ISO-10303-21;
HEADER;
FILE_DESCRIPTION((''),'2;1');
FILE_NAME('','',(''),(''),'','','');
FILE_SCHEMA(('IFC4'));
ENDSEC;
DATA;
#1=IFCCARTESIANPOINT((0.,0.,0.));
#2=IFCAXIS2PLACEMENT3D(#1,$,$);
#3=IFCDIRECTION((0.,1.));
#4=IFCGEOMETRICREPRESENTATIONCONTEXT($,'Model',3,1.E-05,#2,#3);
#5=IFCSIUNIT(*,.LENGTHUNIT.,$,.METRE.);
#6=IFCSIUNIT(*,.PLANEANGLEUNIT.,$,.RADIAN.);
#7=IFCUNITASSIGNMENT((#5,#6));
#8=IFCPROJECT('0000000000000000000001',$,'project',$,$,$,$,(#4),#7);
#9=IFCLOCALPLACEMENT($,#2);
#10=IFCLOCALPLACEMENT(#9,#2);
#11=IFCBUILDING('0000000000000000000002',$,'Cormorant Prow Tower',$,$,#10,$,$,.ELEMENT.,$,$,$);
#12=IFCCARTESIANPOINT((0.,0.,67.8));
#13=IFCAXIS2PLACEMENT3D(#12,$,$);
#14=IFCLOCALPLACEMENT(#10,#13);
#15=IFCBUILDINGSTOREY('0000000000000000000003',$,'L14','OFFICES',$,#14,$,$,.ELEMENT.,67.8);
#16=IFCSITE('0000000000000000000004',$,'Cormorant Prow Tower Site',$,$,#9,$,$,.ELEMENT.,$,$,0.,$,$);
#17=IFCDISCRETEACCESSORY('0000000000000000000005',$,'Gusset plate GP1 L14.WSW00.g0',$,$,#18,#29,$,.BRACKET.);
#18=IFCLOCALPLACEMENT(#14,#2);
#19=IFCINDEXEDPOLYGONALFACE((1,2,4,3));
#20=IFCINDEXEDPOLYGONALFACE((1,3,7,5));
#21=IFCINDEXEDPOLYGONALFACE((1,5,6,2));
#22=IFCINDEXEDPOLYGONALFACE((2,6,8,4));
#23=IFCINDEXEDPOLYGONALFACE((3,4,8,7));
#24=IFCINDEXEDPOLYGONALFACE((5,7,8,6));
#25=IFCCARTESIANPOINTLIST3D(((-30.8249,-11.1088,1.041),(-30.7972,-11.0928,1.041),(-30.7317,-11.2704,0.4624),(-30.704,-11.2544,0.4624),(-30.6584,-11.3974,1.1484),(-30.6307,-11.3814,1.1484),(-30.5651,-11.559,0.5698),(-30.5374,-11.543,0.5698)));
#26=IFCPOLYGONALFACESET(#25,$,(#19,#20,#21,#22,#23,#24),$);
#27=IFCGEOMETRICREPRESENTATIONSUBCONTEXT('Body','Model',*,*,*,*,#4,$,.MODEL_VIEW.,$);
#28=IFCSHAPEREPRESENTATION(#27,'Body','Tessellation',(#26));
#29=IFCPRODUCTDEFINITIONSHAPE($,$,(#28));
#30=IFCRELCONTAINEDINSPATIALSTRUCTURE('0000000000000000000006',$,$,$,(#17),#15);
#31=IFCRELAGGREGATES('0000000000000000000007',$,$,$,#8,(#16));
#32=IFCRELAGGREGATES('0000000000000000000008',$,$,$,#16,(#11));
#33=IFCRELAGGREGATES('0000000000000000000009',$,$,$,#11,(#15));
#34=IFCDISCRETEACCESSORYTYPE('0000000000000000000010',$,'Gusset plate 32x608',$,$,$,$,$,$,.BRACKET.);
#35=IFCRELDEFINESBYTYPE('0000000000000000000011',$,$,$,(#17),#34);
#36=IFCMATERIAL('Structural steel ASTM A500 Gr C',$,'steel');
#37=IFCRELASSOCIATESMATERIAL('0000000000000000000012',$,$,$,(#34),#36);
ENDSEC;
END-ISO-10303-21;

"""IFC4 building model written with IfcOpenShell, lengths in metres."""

from ifc_helpers import new_model, si_unit, direction, frame, origin, origin_2d, place, context, subcontext, project, spatial, rectangle, extrude, material, material_profile, profile_set, type_object, element, save


model = new_model("IFC4")

# Units and contexts
model_context = context("Model", 3, precision=1e-05, world=origin(), true_north=direction((0.0, 1.0)))
body_context = subcontext(model_context, "Body", "Model", "MODEL_VIEW")
ifc_project = project(units=[si_unit("LENGTHUNIT", "METRE"), si_unit("PLANEANGLEUNIT", "RADIAN")], contexts=[model_context])

# Site, building, storey
site_placement = place(None, origin())
site = spatial("IfcSite", under=ifc_project, at=site_placement, Name="Cormorant Prow Tower Site", CompositionType="ELEMENT", RefElevation=0.0)
building_placement = place(site_placement, origin())
building = spatial("IfcBuilding", under=site, at=building_placement, Name="Cormorant Prow Tower", CompositionType="ELEMENT")
storey_placement = place(building_placement, frame((0.0, 0.0, 67.8)))
storey = spatial("IfcBuildingStorey", under=building, at=storey_placement, Name="L14", Description="OFFICES", CompositionType="ELEMENT", Elevation=67.8)

# Discrete accessory
ifc_material_1 = material(Name="Structural steel ASTM A500 Gr C", Category="steel")
ifc_material_profile_1 = material_profile(ifc_material_1, rectangle(XDim=0.032, YDim=0.6079, at=origin_2d()), Name="Gusset plate 32x608")
ifc_profile_set_1 = profile_set([ifc_material_profile_1], Name="Structural steel ASTM A500 Gr C")
discrete_accessory_type = type_object("IfcDiscreteAccessoryType", Name="Gusset plate 32x608", PredefinedType="BRACKET", material=ifc_profile_set_1)
discrete_accessory_placement = place(storey_placement, frame((-30.5979, -11.4702, 0.8591), z_axis=(-0.475652, 0.82437, -0.306872), x_axis=(-0.866161, -0.499765, 0.0)))
element("IfcDiscreteAccessory", 1, at=discrete_accessory_placement, inside=storey, type_object=discrete_accessory_type, Name="Gusset plate GP1 L14.WSW00.g0", PredefinedType="BRACKET", context=body_context, shape_type="SweptSolid", body=[
    extrude(rectangle(XDim=0.032, YDim=0.6079, at=origin_2d()), origin(), (0.0, 0.0, 1.0), 0.3501),
])

save(model, "model.ifc")
